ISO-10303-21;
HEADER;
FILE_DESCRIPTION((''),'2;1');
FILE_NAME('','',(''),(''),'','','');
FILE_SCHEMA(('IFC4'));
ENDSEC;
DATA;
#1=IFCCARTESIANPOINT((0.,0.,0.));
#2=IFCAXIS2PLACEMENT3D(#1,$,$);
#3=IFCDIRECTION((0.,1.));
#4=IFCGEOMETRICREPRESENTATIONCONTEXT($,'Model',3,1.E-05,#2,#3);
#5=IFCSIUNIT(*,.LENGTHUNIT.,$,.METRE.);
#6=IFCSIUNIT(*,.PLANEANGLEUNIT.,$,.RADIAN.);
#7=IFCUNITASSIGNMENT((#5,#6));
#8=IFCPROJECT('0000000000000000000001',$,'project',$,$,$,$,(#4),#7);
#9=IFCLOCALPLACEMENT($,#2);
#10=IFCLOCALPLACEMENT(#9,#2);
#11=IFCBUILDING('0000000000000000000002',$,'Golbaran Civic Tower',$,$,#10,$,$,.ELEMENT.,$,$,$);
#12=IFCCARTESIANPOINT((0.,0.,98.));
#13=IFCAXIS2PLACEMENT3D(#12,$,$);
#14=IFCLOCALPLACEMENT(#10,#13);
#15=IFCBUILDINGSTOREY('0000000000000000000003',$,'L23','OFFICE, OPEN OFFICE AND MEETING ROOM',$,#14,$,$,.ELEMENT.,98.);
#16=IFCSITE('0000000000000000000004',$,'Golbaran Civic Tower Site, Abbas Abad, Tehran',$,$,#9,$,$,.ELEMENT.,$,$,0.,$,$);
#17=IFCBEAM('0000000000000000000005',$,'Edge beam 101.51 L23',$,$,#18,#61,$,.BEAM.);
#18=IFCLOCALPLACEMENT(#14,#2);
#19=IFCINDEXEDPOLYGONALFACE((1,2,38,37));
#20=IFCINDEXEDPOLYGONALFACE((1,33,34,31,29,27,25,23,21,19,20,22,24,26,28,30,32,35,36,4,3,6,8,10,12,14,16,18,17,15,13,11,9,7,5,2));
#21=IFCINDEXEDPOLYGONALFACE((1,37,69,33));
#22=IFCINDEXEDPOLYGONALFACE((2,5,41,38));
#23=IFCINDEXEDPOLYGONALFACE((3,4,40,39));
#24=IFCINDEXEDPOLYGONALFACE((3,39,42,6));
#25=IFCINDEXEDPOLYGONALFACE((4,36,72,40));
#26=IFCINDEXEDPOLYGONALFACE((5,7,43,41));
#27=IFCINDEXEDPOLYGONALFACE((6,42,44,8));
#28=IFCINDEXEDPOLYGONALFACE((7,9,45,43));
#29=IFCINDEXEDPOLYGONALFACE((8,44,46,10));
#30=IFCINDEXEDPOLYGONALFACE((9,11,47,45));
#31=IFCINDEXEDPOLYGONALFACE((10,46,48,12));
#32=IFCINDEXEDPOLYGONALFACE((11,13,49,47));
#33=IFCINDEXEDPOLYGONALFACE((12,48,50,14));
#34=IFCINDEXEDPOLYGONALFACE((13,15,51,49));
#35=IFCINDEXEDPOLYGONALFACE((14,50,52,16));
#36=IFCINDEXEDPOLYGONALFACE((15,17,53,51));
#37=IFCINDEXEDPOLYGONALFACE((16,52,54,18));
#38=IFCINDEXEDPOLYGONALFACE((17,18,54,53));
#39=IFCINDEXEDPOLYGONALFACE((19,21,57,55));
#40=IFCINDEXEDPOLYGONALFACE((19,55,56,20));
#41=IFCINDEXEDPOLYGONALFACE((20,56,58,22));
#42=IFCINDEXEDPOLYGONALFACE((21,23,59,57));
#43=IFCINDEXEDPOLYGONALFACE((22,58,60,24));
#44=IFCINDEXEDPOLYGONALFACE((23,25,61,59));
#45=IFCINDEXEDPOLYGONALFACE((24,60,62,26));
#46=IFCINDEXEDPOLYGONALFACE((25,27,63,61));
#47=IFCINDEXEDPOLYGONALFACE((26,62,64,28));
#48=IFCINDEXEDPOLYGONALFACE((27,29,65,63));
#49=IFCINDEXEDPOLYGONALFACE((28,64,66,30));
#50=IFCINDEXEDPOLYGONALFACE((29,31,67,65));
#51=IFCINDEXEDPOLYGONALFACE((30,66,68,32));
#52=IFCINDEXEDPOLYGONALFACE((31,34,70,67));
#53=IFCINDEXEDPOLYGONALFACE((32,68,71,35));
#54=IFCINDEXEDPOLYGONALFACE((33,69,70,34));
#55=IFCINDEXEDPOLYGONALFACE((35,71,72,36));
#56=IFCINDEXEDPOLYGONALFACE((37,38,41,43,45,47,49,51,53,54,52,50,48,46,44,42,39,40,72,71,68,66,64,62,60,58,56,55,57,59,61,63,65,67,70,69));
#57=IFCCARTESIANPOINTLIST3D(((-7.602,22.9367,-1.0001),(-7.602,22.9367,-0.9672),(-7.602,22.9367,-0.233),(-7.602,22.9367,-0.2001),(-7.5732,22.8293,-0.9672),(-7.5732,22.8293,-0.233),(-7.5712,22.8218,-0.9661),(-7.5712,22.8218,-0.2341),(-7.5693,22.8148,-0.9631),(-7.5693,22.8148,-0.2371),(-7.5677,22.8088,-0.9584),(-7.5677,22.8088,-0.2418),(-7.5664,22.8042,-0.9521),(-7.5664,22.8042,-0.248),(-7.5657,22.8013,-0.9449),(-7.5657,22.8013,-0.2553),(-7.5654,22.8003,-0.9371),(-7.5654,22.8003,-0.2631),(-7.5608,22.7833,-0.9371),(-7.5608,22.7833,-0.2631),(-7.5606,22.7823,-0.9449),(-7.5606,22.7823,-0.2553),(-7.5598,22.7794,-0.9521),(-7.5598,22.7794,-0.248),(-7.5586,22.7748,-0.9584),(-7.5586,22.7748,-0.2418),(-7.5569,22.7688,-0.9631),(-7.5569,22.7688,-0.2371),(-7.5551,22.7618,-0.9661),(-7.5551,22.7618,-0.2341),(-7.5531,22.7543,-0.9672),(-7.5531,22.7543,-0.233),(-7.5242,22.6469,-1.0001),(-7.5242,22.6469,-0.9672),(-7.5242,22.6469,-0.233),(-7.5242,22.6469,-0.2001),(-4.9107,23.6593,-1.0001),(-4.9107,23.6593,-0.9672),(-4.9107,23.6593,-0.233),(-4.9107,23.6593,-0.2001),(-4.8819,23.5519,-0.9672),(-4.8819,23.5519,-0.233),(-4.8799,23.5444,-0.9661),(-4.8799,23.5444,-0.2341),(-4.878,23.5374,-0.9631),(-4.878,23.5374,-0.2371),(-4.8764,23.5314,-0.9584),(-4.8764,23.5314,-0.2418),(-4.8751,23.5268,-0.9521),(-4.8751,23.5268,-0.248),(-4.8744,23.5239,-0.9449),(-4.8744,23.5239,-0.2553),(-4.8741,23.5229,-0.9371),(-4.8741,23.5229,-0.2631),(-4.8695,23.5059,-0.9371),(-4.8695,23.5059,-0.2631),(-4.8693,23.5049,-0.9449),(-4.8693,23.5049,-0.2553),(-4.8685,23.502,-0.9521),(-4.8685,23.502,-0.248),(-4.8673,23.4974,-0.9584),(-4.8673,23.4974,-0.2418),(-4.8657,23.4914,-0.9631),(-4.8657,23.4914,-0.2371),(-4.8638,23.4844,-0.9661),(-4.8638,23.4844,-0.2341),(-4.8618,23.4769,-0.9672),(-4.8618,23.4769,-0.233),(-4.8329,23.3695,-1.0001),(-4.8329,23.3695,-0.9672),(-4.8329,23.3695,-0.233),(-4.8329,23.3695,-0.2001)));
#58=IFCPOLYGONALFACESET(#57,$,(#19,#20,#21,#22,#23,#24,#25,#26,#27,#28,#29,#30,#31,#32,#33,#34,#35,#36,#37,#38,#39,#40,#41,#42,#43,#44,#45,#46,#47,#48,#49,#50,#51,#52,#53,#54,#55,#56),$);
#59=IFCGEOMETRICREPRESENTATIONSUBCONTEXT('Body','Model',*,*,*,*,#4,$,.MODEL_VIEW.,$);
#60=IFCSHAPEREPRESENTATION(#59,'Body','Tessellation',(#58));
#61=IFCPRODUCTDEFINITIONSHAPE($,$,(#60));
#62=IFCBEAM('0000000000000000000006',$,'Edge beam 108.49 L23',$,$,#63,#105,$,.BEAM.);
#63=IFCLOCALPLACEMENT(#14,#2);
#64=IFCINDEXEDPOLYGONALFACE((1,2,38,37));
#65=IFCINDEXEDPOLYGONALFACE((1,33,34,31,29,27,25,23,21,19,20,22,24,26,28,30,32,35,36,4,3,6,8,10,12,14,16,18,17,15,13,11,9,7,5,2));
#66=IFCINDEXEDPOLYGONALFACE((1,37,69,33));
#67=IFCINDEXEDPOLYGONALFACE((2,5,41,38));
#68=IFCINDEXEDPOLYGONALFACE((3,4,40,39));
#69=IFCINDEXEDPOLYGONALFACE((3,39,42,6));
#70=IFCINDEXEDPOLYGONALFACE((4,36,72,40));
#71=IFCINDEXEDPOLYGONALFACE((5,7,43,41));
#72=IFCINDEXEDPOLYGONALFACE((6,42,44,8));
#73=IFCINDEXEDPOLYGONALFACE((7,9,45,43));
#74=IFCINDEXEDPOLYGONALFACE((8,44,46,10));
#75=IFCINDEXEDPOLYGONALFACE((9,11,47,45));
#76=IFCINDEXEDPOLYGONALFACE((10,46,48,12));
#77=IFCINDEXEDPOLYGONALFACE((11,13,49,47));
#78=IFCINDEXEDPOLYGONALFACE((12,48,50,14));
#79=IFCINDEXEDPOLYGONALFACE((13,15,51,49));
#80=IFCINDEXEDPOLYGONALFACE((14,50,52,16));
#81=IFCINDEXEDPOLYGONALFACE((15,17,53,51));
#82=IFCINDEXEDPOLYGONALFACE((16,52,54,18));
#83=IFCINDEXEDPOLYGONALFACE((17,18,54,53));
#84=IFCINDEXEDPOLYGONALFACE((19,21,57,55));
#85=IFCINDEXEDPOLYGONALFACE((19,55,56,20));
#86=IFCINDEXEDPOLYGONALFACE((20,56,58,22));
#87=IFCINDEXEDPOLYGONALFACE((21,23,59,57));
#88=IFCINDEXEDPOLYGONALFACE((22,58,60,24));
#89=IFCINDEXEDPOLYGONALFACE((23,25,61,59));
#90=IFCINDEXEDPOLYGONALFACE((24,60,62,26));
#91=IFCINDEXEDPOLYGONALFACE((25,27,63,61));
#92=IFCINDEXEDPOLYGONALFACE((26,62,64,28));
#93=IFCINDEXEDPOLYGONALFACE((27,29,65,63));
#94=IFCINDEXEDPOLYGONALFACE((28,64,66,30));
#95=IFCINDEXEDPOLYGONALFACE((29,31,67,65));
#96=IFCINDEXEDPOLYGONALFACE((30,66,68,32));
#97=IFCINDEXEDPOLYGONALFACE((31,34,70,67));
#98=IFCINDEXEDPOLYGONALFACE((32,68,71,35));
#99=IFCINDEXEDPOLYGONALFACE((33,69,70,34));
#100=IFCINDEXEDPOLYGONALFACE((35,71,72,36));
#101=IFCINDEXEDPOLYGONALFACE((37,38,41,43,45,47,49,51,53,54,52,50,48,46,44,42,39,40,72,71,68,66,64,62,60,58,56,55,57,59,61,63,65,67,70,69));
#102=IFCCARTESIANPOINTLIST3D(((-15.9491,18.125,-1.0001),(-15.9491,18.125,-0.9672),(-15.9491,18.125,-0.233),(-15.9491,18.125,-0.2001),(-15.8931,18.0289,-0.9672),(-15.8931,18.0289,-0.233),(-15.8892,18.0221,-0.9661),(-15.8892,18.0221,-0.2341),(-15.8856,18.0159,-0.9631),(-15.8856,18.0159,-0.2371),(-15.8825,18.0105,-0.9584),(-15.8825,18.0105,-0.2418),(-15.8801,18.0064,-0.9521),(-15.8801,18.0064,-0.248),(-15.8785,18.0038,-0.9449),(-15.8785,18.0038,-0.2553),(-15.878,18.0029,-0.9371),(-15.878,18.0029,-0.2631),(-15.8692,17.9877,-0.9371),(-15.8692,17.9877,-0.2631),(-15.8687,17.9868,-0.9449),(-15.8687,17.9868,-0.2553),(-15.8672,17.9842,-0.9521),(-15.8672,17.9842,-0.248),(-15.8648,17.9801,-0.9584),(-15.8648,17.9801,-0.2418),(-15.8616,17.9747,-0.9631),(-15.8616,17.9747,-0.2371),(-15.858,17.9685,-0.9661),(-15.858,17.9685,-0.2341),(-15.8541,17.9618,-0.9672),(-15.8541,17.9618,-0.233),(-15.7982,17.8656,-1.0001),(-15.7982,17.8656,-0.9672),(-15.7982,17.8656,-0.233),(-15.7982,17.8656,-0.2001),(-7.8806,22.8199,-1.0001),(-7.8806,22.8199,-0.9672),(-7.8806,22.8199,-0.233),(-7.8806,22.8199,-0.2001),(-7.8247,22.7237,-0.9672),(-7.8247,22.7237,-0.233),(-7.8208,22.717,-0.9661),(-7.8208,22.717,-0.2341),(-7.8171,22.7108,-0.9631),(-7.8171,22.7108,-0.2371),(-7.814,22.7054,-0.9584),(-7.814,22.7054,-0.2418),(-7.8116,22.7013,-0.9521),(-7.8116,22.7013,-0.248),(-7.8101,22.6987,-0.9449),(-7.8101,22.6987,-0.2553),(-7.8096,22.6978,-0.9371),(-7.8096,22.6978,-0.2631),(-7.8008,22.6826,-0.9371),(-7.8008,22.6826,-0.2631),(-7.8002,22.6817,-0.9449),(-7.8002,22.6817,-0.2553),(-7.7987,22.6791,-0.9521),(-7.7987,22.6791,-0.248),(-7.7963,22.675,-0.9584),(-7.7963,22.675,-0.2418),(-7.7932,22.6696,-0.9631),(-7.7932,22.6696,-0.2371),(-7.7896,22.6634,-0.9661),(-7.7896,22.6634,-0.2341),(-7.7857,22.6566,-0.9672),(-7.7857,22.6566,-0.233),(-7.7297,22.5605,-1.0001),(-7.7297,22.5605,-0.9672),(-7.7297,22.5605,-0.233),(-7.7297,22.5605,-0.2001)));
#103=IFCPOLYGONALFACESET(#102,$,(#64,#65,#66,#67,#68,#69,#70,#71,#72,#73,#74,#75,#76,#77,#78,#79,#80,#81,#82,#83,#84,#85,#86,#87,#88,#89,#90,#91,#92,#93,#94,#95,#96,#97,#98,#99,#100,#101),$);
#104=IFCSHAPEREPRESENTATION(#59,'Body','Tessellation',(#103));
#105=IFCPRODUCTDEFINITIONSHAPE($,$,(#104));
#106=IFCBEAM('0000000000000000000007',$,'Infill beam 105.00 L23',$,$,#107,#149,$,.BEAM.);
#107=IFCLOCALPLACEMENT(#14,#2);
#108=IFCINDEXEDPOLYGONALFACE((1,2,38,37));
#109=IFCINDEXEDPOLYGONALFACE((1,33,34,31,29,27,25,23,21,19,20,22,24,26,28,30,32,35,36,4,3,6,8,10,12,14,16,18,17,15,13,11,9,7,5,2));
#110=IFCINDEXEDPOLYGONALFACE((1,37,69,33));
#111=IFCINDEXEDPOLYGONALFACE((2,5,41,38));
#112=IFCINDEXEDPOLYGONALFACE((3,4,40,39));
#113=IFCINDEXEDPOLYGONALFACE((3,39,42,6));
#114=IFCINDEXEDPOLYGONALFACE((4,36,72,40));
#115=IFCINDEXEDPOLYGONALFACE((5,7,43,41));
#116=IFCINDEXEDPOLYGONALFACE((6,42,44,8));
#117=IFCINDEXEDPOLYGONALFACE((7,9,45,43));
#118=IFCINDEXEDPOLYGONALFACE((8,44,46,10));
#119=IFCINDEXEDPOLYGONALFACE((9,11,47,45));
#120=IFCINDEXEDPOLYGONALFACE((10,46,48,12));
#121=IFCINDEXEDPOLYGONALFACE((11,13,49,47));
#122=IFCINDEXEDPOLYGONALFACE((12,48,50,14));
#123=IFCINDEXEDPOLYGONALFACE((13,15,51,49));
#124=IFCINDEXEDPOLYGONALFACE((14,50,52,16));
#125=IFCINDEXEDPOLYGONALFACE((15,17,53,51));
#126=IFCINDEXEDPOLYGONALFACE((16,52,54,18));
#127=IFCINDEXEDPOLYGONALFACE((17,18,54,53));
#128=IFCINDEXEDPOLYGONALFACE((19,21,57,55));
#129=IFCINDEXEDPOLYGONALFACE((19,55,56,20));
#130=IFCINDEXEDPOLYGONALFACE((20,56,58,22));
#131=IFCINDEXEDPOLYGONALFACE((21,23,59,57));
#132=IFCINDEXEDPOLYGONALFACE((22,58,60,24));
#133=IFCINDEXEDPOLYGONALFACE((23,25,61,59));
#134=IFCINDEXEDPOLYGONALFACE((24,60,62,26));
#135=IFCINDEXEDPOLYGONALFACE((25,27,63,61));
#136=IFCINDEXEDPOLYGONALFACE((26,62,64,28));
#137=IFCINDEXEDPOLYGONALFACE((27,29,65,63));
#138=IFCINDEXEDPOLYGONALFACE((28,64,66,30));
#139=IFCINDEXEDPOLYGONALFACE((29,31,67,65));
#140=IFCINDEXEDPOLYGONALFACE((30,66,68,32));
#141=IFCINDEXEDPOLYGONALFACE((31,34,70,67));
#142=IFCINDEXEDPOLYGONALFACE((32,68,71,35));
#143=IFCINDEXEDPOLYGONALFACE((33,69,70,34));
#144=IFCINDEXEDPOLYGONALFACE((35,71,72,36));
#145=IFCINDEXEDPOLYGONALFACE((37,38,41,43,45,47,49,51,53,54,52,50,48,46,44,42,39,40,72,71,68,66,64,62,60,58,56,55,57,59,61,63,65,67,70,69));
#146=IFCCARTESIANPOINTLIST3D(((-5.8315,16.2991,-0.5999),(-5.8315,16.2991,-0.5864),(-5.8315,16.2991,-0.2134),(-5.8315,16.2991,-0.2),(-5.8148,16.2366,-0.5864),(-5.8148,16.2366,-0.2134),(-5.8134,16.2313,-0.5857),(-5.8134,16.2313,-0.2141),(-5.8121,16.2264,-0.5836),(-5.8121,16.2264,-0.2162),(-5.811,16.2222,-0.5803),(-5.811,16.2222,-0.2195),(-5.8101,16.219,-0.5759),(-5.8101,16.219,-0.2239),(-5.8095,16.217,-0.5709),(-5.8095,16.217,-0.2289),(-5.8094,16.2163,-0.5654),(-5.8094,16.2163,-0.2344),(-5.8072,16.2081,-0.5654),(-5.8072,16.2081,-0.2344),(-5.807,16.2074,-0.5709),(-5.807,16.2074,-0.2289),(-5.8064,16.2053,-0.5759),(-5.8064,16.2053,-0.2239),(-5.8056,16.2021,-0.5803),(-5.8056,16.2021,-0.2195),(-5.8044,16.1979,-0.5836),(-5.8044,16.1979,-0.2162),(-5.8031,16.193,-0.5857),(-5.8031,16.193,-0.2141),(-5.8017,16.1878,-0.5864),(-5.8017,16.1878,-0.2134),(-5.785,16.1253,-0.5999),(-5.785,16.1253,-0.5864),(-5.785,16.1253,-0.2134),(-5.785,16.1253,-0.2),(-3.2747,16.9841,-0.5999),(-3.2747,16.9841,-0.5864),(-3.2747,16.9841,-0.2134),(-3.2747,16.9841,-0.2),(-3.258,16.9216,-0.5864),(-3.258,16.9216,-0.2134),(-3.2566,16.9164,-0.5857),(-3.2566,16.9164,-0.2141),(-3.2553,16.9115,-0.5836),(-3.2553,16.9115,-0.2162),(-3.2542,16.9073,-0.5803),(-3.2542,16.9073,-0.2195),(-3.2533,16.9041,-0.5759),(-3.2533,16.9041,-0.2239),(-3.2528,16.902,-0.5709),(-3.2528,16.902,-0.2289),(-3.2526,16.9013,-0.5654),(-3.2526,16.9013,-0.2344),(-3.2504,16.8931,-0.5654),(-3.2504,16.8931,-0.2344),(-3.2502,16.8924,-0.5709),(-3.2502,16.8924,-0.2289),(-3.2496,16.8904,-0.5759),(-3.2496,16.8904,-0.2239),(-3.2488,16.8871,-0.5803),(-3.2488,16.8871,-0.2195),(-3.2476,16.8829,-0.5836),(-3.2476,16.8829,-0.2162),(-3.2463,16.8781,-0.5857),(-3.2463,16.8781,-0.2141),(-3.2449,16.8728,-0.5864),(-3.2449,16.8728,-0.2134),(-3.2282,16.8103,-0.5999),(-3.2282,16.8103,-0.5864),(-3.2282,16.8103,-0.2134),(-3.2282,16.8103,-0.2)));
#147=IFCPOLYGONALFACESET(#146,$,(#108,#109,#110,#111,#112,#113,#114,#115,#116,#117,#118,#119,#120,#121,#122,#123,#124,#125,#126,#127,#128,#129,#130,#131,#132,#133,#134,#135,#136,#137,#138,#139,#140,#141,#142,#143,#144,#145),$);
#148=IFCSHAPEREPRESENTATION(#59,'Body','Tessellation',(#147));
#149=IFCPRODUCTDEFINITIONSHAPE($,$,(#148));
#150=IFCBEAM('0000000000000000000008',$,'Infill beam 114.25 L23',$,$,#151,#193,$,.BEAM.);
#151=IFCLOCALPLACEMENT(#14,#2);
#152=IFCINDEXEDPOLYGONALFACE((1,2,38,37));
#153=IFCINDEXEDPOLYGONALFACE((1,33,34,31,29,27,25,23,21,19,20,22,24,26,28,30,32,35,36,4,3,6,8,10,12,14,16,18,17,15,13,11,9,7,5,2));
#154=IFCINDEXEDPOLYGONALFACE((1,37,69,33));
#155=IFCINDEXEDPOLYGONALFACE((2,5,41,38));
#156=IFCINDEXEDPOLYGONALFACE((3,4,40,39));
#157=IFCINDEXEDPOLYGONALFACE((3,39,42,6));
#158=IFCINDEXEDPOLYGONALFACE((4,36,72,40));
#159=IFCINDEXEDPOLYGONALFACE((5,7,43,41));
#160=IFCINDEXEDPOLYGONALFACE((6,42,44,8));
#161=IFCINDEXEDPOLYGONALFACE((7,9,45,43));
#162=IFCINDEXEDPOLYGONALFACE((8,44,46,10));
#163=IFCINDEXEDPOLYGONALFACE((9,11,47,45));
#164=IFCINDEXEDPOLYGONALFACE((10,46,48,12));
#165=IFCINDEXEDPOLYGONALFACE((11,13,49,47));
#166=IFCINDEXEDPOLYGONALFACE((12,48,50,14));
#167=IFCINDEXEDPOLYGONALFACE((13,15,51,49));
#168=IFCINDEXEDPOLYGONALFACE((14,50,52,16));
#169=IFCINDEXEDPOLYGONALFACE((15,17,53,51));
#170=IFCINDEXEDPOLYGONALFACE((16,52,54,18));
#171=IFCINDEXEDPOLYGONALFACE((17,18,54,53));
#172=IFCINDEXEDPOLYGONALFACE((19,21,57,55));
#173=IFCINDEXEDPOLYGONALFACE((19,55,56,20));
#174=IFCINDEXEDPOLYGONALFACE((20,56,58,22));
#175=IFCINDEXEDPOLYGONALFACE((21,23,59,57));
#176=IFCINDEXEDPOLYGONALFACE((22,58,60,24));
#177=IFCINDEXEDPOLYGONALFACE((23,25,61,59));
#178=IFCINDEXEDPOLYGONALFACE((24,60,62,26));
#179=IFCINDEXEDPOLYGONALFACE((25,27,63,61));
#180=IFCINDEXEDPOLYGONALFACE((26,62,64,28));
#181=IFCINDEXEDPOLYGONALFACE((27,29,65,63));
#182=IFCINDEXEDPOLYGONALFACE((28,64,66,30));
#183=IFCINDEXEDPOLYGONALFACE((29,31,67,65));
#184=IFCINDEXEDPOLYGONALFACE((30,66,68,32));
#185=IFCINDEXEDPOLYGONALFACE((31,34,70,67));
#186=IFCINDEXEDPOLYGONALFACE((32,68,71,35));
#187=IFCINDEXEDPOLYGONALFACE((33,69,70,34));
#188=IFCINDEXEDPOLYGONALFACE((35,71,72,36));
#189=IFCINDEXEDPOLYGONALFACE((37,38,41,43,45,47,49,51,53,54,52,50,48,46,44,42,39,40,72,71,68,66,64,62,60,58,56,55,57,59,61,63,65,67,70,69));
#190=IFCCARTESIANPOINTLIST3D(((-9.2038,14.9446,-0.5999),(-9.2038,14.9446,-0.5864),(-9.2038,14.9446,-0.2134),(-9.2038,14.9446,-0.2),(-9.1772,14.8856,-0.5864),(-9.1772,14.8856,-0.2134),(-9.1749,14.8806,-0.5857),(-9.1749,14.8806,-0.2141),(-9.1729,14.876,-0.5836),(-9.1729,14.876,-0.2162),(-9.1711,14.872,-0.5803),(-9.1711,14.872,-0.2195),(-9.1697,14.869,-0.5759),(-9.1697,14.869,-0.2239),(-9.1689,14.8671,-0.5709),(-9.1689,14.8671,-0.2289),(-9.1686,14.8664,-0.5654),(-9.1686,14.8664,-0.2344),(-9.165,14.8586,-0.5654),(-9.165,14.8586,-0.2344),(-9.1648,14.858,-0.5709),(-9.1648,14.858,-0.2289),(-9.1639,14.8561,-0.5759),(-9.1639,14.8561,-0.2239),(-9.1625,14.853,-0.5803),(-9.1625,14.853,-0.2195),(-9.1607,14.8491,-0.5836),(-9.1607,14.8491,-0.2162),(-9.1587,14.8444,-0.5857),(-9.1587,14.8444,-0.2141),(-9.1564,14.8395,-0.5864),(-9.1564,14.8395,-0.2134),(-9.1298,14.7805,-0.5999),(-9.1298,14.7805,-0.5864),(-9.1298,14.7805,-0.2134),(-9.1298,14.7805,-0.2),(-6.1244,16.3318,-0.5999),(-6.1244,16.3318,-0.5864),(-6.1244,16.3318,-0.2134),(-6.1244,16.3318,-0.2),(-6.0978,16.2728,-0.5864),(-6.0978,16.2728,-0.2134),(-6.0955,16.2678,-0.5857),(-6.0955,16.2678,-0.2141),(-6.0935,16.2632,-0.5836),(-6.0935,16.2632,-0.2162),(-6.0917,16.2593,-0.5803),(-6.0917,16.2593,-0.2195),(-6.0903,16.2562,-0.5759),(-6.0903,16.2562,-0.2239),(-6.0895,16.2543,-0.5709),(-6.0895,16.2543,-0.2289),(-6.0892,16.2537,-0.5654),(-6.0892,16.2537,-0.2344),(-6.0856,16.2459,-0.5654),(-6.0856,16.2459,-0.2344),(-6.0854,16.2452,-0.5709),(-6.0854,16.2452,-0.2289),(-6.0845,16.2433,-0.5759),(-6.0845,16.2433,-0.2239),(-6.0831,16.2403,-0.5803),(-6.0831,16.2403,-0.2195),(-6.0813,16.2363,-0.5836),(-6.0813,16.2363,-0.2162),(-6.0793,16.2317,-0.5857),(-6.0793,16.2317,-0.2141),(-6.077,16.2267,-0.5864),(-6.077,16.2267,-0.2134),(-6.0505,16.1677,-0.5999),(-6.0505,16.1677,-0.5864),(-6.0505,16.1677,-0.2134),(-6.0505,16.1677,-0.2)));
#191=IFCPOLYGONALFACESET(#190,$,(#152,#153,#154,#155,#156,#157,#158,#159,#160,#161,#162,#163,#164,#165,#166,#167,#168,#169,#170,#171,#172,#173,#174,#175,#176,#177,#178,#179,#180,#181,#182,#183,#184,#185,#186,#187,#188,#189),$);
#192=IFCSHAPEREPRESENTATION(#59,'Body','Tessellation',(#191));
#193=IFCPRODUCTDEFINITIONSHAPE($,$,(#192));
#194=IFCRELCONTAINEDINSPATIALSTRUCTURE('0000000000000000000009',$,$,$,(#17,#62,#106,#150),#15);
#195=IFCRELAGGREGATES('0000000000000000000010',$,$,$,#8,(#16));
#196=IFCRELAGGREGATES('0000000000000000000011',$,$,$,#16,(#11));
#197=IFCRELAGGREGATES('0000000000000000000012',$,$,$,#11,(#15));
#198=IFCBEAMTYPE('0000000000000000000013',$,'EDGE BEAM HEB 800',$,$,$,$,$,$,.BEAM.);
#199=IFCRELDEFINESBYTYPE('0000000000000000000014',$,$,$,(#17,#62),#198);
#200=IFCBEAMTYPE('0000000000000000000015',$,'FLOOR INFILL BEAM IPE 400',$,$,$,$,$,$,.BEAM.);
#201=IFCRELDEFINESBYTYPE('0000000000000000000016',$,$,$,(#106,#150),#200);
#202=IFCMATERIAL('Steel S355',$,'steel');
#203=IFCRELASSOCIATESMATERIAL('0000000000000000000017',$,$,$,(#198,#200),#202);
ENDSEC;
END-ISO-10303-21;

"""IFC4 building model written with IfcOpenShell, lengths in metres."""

from ifc_helpers import new_model, si_unit, direction, frame, origin, origin_2d, place, context, subcontext, project, spatial, i_section, extrude, material, material_profile, profile_set, type_object, element, save


model = new_model("IFC4")

# Units and contexts
model_context = context("Model", 3, precision=1e-05, world=origin(), true_north=direction((0.0, 1.0)))
body_context = subcontext(model_context, "Body", "Model", "MODEL_VIEW")
ifc_project = project(units=[si_unit("LENGTHUNIT", "METRE"), si_unit("PLANEANGLEUNIT", "RADIAN")], contexts=[model_context])

# Site, building, storey
site_placement = place(None, origin())
site = spatial("IfcSite", under=ifc_project, at=site_placement, Name="Golbaran Civic Tower Site, Abbas Abad, Tehran", CompositionType="ELEMENT", RefElevation=0.0)
building_placement = place(site_placement, origin())
building = spatial("IfcBuilding", under=site, at=building_placement, Name="Golbaran Civic Tower", CompositionType="ELEMENT")
storey_placement = place(building_placement, frame((0.0, 0.0, 98.0)))
storey = spatial("IfcBuildingStorey", under=building, at=storey_placement, Name="L23", Description="OFFICE, OPEN OFFICE AND MEETING ROOM", CompositionType="ELEMENT", Elevation=98.0)

# Beams
ifc_material_1 = material(Name="Steel S355", Category="steel")
ifc_material_profile_1 = material_profile(ifc_material_1, i_section(OverallWidth=0.3, OverallDepth=0.8, WebThickness=0.0176, FlangeThickness=0.033, FilletRadius=0.03, at=origin_2d()), Name="HEB 800")
ifc_profile_set_1 = profile_set([ifc_material_profile_1], Name="Steel S355")
beam_type_1 = type_object("IfcBeamType", Name="EDGE BEAM HEB 800", PredefinedType="BEAM", material=ifc_profile_set_1)
beam_1_placement = place(storey_placement, frame((-4.8718, 23.5144, -0.6001), z_axis=(-0.965791, -0.25932, 0.0), x_axis=(0.25932, -0.965791, 0.0)))
element("IfcBeam", 1, at=beam_1_placement, inside=storey, type_object=beam_type_1, Name="Edge beam 101.51 L23", PredefinedType="BEAM", context=body_context, shape_type="SweptSolid", body=[
    extrude(i_section(OverallWidth=0.3, OverallDepth=0.8, WebThickness=0.0176, FlangeThickness=0.033, FilletRadius=0.03, at=origin_2d()), origin(), (0.0, 0.0, 1.0), 2.7866),
])
beam_2_placement = place(storey_placement, frame((-7.8052, 22.6902, -0.6001), z_axis=(-0.864325, -0.502934, 0.0), x_axis=(0.502934, -0.864325, 0.0)))
element("IfcBeam", 2, at=beam_2_placement, inside=storey, type_object=beam_type_1, Name="Edge beam 108.49 L23", PredefinedType="BEAM", context=body_context, shape_type="SweptSolid", body=[
    extrude(i_section(OverallWidth=0.3, OverallDepth=0.8, WebThickness=0.0176, FlangeThickness=0.033, FilletRadius=0.03, at=origin_2d()), origin(), (0.0, 0.0, 1.0), 9.335),
])
ifc_material_profile_2 = material_profile(ifc_material_1, i_section(OverallWidth=0.1799, OverallDepth=0.3999, WebThickness=0.0085, FlangeThickness=0.0134, FilletRadius=0.021, at=origin_2d()), Name="IPE 400")
ifc_profile_set_2 = profile_set([ifc_material_profile_2], Name="Steel S355")
beam_type_2 = type_object("IfcBeamType", Name="FLOOR INFILL BEAM IPE 400", PredefinedType="BEAM", material=ifc_profile_set_2)
beam_3_placement = place(storey_placement, frame((-3.2515, 16.8972, -0.3999), z_axis=(-0.965931, -0.258799, 0.0), x_axis=(0.258799, -0.965931, 0.0)))
element("IfcBeam", 3, at=beam_3_placement, inside=storey, type_object=beam_type_2, Name="Infill beam 105.00 L23", PredefinedType="BEAM", context=body_context, shape_type="SweptSolid", body=[
    extrude(i_section(OverallWidth=0.1799, OverallDepth=0.3999, WebThickness=0.0085, FlangeThickness=0.0134, FilletRadius=0.021, at=origin_2d()), origin(), (0.0, 0.0, 1.0), 2.647),
])
beam_4_placement = place(storey_placement, frame((-6.0874, 16.2498, -0.3999), z_axis=(-0.911755, -0.410734, 0.0), x_axis=(0.410734, -0.911755, 0.0)))
element("IfcBeam", 4, at=beam_4_placement, inside=storey, type_object=beam_type_2, Name="Infill beam 114.25 L23", PredefinedType="BEAM", context=body_context, shape_type="SweptSolid", body=[
    extrude(i_section(OverallWidth=0.1799, OverallDepth=0.3999, WebThickness=0.0085, FlangeThickness=0.0134, FilletRadius=0.021, at=origin_2d()), origin(), (0.0, 0.0, 1.0), 3.3774),
])

save(model, "model.ifc")
